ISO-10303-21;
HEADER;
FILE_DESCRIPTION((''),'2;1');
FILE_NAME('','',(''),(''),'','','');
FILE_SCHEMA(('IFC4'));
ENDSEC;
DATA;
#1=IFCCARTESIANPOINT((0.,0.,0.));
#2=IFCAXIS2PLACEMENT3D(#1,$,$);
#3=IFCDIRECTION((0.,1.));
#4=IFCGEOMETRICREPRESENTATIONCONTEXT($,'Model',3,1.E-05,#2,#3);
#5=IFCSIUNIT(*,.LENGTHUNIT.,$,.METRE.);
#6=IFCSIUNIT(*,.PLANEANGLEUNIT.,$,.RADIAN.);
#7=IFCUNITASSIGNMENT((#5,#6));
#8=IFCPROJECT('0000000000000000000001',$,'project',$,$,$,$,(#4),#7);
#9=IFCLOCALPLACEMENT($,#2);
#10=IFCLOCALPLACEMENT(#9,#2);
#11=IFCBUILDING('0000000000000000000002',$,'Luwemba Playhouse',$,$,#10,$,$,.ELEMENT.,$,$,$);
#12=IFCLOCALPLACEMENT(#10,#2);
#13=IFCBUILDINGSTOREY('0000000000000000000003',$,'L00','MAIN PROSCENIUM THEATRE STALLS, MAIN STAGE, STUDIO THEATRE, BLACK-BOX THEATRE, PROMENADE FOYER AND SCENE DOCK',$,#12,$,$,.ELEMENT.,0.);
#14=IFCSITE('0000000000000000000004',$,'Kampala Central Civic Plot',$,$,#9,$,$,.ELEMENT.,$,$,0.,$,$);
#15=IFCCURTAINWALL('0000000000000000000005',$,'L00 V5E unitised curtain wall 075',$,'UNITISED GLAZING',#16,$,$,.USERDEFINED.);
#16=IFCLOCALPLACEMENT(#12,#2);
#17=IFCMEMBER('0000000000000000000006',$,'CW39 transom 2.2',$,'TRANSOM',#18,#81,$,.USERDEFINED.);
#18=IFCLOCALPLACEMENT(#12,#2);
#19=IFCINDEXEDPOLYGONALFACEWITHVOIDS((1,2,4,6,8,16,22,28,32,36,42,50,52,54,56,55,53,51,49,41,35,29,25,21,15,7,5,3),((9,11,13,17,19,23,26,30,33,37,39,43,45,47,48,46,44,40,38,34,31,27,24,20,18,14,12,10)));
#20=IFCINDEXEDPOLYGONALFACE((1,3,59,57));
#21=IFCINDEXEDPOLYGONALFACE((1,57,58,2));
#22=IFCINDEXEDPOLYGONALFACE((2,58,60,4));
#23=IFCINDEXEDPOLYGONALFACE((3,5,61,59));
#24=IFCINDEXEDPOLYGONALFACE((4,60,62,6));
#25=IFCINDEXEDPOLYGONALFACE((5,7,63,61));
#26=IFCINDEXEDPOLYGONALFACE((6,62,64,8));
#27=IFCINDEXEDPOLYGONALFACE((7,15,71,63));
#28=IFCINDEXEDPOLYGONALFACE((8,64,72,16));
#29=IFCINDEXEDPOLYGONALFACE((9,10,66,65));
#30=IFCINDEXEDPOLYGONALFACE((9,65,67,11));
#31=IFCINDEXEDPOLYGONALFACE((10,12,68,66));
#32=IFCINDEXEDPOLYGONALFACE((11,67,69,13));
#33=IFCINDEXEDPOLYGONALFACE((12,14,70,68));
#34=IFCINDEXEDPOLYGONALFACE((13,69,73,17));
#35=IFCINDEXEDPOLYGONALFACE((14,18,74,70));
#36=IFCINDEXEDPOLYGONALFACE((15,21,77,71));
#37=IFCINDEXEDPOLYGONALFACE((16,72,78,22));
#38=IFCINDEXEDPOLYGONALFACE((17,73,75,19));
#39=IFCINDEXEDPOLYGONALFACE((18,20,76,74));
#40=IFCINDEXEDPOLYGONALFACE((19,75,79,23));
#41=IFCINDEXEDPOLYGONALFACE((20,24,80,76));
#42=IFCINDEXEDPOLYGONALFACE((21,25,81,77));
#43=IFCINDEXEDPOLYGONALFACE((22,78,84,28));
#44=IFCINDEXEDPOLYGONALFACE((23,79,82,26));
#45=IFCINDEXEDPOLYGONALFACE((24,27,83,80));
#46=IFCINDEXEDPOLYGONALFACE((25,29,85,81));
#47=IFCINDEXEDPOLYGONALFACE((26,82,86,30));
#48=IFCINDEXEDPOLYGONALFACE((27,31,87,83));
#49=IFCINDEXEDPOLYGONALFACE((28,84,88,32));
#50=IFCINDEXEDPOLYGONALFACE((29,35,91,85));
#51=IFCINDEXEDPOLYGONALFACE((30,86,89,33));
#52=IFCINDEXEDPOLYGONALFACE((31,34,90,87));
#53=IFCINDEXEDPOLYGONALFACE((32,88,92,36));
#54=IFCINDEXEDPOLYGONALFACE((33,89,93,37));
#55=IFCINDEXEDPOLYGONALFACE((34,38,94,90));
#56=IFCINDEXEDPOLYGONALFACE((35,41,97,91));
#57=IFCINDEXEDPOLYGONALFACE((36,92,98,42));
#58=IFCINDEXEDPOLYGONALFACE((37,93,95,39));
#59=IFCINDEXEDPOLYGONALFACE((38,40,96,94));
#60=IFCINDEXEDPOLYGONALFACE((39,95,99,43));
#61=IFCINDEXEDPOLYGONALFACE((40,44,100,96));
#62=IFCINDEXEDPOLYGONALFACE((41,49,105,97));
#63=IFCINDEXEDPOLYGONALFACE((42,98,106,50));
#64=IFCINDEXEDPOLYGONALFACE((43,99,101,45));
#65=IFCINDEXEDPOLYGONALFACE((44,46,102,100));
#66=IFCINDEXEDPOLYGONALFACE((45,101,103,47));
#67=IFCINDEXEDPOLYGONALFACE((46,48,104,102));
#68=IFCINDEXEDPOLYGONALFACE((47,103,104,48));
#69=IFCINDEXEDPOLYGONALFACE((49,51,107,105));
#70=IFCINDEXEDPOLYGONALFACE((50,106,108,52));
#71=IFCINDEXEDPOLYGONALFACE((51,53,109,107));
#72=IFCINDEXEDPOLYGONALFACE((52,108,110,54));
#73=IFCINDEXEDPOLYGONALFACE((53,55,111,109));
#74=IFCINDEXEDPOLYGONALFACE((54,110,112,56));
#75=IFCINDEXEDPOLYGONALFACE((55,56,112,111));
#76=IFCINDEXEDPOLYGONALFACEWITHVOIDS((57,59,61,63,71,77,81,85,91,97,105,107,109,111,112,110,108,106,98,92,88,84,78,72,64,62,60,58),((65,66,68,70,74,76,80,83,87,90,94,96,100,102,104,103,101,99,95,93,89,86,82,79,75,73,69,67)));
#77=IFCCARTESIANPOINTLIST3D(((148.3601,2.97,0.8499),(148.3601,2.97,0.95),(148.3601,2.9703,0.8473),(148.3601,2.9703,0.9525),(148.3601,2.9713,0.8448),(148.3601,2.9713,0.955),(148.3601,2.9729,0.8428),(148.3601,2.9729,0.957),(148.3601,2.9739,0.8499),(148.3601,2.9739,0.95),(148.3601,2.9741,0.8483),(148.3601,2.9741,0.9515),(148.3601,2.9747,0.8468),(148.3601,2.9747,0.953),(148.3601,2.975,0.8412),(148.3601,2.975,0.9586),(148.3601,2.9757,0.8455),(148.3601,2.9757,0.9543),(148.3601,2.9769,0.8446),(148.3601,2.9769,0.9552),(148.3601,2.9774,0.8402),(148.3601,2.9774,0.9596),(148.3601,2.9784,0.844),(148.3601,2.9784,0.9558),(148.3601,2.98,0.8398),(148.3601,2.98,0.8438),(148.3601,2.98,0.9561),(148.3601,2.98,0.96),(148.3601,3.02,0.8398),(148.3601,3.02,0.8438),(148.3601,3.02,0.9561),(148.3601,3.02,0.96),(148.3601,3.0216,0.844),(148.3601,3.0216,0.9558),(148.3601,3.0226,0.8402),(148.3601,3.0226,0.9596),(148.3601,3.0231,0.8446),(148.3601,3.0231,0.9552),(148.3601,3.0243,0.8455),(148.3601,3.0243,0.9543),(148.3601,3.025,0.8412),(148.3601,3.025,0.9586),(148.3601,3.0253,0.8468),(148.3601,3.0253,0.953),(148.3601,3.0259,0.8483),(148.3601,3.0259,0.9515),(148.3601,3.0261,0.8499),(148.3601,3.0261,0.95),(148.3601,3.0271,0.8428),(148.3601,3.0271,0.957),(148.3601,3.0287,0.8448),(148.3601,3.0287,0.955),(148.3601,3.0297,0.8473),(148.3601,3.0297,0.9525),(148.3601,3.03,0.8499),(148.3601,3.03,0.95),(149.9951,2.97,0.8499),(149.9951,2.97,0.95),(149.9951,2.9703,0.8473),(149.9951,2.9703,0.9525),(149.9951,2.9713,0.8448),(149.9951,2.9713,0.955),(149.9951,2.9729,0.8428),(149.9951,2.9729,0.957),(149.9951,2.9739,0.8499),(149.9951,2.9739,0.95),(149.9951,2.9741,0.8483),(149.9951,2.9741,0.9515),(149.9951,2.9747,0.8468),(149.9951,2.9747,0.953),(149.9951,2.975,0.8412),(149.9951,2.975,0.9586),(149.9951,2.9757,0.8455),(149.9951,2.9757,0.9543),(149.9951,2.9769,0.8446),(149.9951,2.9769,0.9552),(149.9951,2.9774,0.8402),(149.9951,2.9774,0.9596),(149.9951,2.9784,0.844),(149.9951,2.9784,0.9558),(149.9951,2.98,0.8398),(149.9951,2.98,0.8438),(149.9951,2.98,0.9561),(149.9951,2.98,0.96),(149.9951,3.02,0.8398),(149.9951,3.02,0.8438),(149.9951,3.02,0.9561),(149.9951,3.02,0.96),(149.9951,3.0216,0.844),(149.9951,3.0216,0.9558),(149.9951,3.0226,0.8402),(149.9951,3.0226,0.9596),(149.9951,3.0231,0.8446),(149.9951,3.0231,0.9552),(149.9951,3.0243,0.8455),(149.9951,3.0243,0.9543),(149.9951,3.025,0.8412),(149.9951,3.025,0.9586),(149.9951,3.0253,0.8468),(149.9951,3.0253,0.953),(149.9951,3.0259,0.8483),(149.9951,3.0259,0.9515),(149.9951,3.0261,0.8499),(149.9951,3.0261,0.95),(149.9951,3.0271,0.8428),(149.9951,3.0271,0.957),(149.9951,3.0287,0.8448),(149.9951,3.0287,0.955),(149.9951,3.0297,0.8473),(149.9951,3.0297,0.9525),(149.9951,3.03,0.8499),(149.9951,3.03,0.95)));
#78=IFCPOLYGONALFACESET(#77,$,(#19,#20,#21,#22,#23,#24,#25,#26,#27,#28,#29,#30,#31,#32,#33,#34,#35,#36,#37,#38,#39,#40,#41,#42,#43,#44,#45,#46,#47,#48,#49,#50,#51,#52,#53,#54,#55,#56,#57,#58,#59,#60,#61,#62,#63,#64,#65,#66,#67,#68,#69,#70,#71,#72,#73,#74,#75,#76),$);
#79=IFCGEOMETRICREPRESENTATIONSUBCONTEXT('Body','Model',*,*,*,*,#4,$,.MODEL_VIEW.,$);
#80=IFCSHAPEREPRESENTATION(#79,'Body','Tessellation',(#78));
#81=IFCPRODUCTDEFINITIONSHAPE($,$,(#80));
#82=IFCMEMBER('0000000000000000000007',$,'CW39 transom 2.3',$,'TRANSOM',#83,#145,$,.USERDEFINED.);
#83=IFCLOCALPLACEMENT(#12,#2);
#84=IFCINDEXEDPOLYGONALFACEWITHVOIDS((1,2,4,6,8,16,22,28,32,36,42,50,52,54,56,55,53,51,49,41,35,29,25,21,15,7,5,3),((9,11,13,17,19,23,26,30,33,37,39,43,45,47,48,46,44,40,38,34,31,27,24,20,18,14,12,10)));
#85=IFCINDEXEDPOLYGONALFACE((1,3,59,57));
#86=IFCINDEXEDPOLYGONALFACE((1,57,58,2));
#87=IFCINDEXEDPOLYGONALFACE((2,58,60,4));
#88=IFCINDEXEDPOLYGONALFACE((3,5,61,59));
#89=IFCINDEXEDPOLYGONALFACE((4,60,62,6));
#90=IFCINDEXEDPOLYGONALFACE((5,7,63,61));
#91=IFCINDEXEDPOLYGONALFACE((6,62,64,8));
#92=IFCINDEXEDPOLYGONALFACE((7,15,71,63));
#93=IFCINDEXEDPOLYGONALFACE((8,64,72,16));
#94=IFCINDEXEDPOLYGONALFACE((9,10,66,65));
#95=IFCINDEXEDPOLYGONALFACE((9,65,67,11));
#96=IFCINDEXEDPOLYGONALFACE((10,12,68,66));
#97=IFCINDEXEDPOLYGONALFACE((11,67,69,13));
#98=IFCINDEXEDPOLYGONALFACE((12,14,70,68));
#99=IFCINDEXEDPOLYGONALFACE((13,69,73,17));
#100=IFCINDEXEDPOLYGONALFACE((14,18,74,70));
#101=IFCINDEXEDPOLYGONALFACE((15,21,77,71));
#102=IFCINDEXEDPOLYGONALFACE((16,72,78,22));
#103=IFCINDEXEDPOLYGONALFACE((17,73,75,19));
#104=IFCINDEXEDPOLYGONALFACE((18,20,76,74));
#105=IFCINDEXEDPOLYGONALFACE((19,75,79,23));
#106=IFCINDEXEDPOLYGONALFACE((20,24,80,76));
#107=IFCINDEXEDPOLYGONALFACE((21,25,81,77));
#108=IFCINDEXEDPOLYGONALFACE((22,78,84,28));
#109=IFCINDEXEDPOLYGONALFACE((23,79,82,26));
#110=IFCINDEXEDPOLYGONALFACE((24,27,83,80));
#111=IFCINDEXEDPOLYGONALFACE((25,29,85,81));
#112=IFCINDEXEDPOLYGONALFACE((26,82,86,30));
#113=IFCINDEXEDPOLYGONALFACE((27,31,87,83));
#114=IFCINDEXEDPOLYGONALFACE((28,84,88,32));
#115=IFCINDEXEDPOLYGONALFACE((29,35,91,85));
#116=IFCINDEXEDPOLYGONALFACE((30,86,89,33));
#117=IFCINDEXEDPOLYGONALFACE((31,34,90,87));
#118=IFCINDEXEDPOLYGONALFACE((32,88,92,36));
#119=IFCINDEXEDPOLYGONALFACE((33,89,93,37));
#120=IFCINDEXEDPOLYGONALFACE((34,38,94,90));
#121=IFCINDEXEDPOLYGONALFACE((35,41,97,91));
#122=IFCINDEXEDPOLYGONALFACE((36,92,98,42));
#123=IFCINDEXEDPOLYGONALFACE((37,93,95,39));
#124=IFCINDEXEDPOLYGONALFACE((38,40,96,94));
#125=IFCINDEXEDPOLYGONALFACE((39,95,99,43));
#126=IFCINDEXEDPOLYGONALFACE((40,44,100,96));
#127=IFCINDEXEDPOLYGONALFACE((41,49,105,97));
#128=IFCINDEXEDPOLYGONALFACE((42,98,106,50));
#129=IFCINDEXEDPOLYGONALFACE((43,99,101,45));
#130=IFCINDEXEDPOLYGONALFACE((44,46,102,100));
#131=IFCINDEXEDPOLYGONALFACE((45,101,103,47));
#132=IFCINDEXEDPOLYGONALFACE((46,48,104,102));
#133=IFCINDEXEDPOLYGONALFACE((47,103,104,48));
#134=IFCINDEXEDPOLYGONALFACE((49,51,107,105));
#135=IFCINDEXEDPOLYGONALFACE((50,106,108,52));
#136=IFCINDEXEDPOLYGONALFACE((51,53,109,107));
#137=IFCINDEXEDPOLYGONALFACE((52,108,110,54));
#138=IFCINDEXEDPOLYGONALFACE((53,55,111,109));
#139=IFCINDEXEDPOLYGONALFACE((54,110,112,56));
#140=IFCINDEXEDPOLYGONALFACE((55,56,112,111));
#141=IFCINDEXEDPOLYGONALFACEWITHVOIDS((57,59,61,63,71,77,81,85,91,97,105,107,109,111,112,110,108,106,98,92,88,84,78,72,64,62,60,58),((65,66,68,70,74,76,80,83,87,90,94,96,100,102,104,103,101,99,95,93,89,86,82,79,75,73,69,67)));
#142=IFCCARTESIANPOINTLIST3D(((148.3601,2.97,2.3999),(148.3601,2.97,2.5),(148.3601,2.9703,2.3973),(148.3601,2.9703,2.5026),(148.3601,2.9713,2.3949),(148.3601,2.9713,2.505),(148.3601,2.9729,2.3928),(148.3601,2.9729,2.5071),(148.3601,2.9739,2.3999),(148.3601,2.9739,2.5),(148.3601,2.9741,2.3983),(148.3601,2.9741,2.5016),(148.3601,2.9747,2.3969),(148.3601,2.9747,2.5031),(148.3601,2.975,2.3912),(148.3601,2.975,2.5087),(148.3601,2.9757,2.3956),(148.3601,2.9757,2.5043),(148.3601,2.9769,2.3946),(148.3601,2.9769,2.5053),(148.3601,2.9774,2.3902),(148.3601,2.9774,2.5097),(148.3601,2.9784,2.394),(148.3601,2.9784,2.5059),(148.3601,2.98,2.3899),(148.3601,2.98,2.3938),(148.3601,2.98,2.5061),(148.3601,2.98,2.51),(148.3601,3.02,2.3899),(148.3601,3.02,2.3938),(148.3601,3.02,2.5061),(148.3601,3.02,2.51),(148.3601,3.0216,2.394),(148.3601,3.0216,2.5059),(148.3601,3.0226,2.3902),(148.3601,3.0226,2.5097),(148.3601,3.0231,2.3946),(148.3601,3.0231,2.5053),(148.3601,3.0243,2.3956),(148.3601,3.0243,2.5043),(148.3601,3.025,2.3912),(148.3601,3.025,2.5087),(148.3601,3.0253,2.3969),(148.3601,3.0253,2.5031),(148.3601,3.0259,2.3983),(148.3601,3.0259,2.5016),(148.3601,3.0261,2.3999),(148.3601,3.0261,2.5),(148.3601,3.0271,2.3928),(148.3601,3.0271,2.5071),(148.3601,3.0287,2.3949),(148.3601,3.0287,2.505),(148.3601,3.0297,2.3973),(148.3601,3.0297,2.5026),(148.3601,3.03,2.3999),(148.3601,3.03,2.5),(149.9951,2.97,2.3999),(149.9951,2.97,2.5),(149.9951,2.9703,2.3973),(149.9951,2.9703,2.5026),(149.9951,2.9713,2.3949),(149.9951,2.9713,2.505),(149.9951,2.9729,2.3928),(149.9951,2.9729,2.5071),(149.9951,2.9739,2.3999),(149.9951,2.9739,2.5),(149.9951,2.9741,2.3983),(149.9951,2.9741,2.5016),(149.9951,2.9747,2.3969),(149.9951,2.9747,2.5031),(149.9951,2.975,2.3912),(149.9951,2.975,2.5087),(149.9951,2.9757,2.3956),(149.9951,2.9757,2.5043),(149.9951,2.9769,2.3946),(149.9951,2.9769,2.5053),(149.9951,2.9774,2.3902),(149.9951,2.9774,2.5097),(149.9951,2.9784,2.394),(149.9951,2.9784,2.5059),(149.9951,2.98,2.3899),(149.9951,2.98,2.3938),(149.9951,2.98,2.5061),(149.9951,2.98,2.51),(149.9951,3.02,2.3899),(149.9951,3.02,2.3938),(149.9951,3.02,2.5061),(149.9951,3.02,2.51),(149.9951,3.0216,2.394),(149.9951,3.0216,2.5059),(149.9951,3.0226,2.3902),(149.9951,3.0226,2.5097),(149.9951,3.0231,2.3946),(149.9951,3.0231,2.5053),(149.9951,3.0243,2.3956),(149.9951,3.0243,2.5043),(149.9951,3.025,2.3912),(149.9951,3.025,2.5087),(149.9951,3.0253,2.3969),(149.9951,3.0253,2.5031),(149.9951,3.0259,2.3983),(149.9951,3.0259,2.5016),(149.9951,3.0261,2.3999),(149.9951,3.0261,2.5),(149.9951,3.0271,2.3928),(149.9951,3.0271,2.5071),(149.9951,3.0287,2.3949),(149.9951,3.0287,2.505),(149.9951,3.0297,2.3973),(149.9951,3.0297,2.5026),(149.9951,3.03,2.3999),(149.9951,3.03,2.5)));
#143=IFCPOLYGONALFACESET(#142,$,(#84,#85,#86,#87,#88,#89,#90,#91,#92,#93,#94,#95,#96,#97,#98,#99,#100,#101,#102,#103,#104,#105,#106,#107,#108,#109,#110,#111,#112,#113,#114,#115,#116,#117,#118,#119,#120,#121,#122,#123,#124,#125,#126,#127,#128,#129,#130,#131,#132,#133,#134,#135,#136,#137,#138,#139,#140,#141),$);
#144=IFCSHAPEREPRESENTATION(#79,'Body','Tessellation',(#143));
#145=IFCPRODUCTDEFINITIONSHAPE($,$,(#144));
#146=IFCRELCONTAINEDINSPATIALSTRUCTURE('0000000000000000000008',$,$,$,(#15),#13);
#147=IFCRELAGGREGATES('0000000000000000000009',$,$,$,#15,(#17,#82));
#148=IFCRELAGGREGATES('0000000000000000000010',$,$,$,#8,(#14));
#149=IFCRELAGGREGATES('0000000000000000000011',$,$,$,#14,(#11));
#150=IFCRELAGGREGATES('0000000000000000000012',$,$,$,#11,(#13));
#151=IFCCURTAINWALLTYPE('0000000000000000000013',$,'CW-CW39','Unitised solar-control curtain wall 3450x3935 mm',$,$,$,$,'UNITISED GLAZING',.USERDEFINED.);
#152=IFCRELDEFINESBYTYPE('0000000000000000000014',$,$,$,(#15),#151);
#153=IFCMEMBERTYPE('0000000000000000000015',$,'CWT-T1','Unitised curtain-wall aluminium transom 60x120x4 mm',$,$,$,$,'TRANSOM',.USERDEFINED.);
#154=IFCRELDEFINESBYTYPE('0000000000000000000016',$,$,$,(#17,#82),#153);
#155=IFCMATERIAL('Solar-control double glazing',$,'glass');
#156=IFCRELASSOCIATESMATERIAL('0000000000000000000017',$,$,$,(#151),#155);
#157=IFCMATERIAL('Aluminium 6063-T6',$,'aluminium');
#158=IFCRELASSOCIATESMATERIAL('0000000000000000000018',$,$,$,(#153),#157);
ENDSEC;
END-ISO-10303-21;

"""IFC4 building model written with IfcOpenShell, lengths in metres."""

from ifc_helpers import new_model, si_unit, direction, frame, origin, origin_2d, place, context, subcontext, project, spatial, hollow_rectangle, extrude, material, material_profile, profile_set, type_object, element, aggregate, save


model = new_model("IFC4")

# Units and contexts
model_context = context("Model", 3, precision=1e-05, world=origin(), true_north=direction((0.0, 1.0)))
body_context = subcontext(model_context, "Body", "Model", "MODEL_VIEW")
ifc_project = project(units=[si_unit("LENGTHUNIT", "METRE"), si_unit("PLANEANGLEUNIT", "RADIAN")], contexts=[model_context])

# Site, building, storey
site_placement = place(None, origin())
site = spatial("IfcSite", under=ifc_project, at=site_placement, Name="Kampala Central Civic Plot", CompositionType="ELEMENT", RefElevation=0.0)
building_placement = place(site_placement, origin())
building = spatial("IfcBuilding", under=site, at=building_placement, Name="Luwemba Playhouse", CompositionType="ELEMENT")
storey_placement = place(building_placement, origin())
storey = spatial("IfcBuildingStorey", under=building, at=storey_placement, Name="L00", Description="MAIN PROSCENIUM THEATRE STALLS, MAIN STAGE, STUDIO THEATRE, BLACK-BOX THEATRE, PROMENADE FOYER AND SCENE DOCK", CompositionType="ELEMENT", Elevation=0.0)

# Curtain wall
ifc_material_1 = material(Name="Solar-control double glazing", Category="glass")
curtain_wall_type_1 = type_object("IfcCurtainWallType", Name="CW-CW39", Description="Unitised solar-control curtain wall 3450x3935 mm", ElementType="UNITISED GLAZING", PredefinedType="USERDEFINED", material=ifc_material_1)
curtain_wall_1_placement = place(storey_placement, origin())
curtain_wall_1 = element("IfcCurtainWall", 1, at=curtain_wall_1_placement, inside=storey, type_object=curtain_wall_type_1, Name="L00 V5E unitised curtain wall 075", ObjectType="UNITISED GLAZING", PredefinedType="USERDEFINED")
ifc_material_2 = material(Name="Aluminium 6063-T6", Category="aluminium")

# Members
ifc_material_profile_1 = material_profile(ifc_material_2, hollow_rectangle(XDim=0.0601, YDim=0.1201, WallThickness=0.0039, InnerFilletRadius=0.0061, OuterFilletRadius=0.01, at=origin_2d()))
ifc_profile_set_1 = profile_set([ifc_material_profile_1], Name="Aluminium 6063-T6")
member_type_1 = type_object("IfcMemberType", Name="CWT-T1", Description="Unitised curtain-wall aluminium transom 60x120x4 mm", ElementType="TRANSOM", PredefinedType="USERDEFINED", material=ifc_profile_set_1)
member_1_placement = place(storey_placement, frame((149.9951, 3.0, 0.8999), z_axis=(-1.0, 0.0, 0.0), x_axis=(0.0, -1.0, 0.0)))
member_1 = element("IfcMember", 2, at=member_1_placement, type_object=member_type_1, Name="CW39 transom 2.2", ObjectType="TRANSOM", PredefinedType="USERDEFINED", context=body_context, shape_type="SweptSolid", body=[
    extrude(hollow_rectangle(XDim=0.0601, YDim=0.1201, WallThickness=0.0039, InnerFilletRadius=0.0061, OuterFilletRadius=0.01, at=origin_2d()), origin(), (0.0, 0.0, 1.0), 1.635),
])
member_2_placement = place(storey_placement, frame((149.9951, 3.0, 2.45), z_axis=(-1.0, 0.0, 0.0), x_axis=(0.0, -1.0, 0.0)))
member_2 = element("IfcMember", 3, at=member_2_placement, type_object=member_type_1, Name="CW39 transom 2.3", ObjectType="TRANSOM", PredefinedType="USERDEFINED", context=body_context, shape_type="SweptSolid", body=[
    extrude(hollow_rectangle(XDim=0.0601, YDim=0.1201, WallThickness=0.0039, InnerFilletRadius=0.0061, OuterFilletRadius=0.01, at=origin_2d()), origin(), (0.0, 0.0, 1.0), 1.635),
])

aggregate(curtain_wall_1, [member_1, member_2])

save(model, "model.ifc")
